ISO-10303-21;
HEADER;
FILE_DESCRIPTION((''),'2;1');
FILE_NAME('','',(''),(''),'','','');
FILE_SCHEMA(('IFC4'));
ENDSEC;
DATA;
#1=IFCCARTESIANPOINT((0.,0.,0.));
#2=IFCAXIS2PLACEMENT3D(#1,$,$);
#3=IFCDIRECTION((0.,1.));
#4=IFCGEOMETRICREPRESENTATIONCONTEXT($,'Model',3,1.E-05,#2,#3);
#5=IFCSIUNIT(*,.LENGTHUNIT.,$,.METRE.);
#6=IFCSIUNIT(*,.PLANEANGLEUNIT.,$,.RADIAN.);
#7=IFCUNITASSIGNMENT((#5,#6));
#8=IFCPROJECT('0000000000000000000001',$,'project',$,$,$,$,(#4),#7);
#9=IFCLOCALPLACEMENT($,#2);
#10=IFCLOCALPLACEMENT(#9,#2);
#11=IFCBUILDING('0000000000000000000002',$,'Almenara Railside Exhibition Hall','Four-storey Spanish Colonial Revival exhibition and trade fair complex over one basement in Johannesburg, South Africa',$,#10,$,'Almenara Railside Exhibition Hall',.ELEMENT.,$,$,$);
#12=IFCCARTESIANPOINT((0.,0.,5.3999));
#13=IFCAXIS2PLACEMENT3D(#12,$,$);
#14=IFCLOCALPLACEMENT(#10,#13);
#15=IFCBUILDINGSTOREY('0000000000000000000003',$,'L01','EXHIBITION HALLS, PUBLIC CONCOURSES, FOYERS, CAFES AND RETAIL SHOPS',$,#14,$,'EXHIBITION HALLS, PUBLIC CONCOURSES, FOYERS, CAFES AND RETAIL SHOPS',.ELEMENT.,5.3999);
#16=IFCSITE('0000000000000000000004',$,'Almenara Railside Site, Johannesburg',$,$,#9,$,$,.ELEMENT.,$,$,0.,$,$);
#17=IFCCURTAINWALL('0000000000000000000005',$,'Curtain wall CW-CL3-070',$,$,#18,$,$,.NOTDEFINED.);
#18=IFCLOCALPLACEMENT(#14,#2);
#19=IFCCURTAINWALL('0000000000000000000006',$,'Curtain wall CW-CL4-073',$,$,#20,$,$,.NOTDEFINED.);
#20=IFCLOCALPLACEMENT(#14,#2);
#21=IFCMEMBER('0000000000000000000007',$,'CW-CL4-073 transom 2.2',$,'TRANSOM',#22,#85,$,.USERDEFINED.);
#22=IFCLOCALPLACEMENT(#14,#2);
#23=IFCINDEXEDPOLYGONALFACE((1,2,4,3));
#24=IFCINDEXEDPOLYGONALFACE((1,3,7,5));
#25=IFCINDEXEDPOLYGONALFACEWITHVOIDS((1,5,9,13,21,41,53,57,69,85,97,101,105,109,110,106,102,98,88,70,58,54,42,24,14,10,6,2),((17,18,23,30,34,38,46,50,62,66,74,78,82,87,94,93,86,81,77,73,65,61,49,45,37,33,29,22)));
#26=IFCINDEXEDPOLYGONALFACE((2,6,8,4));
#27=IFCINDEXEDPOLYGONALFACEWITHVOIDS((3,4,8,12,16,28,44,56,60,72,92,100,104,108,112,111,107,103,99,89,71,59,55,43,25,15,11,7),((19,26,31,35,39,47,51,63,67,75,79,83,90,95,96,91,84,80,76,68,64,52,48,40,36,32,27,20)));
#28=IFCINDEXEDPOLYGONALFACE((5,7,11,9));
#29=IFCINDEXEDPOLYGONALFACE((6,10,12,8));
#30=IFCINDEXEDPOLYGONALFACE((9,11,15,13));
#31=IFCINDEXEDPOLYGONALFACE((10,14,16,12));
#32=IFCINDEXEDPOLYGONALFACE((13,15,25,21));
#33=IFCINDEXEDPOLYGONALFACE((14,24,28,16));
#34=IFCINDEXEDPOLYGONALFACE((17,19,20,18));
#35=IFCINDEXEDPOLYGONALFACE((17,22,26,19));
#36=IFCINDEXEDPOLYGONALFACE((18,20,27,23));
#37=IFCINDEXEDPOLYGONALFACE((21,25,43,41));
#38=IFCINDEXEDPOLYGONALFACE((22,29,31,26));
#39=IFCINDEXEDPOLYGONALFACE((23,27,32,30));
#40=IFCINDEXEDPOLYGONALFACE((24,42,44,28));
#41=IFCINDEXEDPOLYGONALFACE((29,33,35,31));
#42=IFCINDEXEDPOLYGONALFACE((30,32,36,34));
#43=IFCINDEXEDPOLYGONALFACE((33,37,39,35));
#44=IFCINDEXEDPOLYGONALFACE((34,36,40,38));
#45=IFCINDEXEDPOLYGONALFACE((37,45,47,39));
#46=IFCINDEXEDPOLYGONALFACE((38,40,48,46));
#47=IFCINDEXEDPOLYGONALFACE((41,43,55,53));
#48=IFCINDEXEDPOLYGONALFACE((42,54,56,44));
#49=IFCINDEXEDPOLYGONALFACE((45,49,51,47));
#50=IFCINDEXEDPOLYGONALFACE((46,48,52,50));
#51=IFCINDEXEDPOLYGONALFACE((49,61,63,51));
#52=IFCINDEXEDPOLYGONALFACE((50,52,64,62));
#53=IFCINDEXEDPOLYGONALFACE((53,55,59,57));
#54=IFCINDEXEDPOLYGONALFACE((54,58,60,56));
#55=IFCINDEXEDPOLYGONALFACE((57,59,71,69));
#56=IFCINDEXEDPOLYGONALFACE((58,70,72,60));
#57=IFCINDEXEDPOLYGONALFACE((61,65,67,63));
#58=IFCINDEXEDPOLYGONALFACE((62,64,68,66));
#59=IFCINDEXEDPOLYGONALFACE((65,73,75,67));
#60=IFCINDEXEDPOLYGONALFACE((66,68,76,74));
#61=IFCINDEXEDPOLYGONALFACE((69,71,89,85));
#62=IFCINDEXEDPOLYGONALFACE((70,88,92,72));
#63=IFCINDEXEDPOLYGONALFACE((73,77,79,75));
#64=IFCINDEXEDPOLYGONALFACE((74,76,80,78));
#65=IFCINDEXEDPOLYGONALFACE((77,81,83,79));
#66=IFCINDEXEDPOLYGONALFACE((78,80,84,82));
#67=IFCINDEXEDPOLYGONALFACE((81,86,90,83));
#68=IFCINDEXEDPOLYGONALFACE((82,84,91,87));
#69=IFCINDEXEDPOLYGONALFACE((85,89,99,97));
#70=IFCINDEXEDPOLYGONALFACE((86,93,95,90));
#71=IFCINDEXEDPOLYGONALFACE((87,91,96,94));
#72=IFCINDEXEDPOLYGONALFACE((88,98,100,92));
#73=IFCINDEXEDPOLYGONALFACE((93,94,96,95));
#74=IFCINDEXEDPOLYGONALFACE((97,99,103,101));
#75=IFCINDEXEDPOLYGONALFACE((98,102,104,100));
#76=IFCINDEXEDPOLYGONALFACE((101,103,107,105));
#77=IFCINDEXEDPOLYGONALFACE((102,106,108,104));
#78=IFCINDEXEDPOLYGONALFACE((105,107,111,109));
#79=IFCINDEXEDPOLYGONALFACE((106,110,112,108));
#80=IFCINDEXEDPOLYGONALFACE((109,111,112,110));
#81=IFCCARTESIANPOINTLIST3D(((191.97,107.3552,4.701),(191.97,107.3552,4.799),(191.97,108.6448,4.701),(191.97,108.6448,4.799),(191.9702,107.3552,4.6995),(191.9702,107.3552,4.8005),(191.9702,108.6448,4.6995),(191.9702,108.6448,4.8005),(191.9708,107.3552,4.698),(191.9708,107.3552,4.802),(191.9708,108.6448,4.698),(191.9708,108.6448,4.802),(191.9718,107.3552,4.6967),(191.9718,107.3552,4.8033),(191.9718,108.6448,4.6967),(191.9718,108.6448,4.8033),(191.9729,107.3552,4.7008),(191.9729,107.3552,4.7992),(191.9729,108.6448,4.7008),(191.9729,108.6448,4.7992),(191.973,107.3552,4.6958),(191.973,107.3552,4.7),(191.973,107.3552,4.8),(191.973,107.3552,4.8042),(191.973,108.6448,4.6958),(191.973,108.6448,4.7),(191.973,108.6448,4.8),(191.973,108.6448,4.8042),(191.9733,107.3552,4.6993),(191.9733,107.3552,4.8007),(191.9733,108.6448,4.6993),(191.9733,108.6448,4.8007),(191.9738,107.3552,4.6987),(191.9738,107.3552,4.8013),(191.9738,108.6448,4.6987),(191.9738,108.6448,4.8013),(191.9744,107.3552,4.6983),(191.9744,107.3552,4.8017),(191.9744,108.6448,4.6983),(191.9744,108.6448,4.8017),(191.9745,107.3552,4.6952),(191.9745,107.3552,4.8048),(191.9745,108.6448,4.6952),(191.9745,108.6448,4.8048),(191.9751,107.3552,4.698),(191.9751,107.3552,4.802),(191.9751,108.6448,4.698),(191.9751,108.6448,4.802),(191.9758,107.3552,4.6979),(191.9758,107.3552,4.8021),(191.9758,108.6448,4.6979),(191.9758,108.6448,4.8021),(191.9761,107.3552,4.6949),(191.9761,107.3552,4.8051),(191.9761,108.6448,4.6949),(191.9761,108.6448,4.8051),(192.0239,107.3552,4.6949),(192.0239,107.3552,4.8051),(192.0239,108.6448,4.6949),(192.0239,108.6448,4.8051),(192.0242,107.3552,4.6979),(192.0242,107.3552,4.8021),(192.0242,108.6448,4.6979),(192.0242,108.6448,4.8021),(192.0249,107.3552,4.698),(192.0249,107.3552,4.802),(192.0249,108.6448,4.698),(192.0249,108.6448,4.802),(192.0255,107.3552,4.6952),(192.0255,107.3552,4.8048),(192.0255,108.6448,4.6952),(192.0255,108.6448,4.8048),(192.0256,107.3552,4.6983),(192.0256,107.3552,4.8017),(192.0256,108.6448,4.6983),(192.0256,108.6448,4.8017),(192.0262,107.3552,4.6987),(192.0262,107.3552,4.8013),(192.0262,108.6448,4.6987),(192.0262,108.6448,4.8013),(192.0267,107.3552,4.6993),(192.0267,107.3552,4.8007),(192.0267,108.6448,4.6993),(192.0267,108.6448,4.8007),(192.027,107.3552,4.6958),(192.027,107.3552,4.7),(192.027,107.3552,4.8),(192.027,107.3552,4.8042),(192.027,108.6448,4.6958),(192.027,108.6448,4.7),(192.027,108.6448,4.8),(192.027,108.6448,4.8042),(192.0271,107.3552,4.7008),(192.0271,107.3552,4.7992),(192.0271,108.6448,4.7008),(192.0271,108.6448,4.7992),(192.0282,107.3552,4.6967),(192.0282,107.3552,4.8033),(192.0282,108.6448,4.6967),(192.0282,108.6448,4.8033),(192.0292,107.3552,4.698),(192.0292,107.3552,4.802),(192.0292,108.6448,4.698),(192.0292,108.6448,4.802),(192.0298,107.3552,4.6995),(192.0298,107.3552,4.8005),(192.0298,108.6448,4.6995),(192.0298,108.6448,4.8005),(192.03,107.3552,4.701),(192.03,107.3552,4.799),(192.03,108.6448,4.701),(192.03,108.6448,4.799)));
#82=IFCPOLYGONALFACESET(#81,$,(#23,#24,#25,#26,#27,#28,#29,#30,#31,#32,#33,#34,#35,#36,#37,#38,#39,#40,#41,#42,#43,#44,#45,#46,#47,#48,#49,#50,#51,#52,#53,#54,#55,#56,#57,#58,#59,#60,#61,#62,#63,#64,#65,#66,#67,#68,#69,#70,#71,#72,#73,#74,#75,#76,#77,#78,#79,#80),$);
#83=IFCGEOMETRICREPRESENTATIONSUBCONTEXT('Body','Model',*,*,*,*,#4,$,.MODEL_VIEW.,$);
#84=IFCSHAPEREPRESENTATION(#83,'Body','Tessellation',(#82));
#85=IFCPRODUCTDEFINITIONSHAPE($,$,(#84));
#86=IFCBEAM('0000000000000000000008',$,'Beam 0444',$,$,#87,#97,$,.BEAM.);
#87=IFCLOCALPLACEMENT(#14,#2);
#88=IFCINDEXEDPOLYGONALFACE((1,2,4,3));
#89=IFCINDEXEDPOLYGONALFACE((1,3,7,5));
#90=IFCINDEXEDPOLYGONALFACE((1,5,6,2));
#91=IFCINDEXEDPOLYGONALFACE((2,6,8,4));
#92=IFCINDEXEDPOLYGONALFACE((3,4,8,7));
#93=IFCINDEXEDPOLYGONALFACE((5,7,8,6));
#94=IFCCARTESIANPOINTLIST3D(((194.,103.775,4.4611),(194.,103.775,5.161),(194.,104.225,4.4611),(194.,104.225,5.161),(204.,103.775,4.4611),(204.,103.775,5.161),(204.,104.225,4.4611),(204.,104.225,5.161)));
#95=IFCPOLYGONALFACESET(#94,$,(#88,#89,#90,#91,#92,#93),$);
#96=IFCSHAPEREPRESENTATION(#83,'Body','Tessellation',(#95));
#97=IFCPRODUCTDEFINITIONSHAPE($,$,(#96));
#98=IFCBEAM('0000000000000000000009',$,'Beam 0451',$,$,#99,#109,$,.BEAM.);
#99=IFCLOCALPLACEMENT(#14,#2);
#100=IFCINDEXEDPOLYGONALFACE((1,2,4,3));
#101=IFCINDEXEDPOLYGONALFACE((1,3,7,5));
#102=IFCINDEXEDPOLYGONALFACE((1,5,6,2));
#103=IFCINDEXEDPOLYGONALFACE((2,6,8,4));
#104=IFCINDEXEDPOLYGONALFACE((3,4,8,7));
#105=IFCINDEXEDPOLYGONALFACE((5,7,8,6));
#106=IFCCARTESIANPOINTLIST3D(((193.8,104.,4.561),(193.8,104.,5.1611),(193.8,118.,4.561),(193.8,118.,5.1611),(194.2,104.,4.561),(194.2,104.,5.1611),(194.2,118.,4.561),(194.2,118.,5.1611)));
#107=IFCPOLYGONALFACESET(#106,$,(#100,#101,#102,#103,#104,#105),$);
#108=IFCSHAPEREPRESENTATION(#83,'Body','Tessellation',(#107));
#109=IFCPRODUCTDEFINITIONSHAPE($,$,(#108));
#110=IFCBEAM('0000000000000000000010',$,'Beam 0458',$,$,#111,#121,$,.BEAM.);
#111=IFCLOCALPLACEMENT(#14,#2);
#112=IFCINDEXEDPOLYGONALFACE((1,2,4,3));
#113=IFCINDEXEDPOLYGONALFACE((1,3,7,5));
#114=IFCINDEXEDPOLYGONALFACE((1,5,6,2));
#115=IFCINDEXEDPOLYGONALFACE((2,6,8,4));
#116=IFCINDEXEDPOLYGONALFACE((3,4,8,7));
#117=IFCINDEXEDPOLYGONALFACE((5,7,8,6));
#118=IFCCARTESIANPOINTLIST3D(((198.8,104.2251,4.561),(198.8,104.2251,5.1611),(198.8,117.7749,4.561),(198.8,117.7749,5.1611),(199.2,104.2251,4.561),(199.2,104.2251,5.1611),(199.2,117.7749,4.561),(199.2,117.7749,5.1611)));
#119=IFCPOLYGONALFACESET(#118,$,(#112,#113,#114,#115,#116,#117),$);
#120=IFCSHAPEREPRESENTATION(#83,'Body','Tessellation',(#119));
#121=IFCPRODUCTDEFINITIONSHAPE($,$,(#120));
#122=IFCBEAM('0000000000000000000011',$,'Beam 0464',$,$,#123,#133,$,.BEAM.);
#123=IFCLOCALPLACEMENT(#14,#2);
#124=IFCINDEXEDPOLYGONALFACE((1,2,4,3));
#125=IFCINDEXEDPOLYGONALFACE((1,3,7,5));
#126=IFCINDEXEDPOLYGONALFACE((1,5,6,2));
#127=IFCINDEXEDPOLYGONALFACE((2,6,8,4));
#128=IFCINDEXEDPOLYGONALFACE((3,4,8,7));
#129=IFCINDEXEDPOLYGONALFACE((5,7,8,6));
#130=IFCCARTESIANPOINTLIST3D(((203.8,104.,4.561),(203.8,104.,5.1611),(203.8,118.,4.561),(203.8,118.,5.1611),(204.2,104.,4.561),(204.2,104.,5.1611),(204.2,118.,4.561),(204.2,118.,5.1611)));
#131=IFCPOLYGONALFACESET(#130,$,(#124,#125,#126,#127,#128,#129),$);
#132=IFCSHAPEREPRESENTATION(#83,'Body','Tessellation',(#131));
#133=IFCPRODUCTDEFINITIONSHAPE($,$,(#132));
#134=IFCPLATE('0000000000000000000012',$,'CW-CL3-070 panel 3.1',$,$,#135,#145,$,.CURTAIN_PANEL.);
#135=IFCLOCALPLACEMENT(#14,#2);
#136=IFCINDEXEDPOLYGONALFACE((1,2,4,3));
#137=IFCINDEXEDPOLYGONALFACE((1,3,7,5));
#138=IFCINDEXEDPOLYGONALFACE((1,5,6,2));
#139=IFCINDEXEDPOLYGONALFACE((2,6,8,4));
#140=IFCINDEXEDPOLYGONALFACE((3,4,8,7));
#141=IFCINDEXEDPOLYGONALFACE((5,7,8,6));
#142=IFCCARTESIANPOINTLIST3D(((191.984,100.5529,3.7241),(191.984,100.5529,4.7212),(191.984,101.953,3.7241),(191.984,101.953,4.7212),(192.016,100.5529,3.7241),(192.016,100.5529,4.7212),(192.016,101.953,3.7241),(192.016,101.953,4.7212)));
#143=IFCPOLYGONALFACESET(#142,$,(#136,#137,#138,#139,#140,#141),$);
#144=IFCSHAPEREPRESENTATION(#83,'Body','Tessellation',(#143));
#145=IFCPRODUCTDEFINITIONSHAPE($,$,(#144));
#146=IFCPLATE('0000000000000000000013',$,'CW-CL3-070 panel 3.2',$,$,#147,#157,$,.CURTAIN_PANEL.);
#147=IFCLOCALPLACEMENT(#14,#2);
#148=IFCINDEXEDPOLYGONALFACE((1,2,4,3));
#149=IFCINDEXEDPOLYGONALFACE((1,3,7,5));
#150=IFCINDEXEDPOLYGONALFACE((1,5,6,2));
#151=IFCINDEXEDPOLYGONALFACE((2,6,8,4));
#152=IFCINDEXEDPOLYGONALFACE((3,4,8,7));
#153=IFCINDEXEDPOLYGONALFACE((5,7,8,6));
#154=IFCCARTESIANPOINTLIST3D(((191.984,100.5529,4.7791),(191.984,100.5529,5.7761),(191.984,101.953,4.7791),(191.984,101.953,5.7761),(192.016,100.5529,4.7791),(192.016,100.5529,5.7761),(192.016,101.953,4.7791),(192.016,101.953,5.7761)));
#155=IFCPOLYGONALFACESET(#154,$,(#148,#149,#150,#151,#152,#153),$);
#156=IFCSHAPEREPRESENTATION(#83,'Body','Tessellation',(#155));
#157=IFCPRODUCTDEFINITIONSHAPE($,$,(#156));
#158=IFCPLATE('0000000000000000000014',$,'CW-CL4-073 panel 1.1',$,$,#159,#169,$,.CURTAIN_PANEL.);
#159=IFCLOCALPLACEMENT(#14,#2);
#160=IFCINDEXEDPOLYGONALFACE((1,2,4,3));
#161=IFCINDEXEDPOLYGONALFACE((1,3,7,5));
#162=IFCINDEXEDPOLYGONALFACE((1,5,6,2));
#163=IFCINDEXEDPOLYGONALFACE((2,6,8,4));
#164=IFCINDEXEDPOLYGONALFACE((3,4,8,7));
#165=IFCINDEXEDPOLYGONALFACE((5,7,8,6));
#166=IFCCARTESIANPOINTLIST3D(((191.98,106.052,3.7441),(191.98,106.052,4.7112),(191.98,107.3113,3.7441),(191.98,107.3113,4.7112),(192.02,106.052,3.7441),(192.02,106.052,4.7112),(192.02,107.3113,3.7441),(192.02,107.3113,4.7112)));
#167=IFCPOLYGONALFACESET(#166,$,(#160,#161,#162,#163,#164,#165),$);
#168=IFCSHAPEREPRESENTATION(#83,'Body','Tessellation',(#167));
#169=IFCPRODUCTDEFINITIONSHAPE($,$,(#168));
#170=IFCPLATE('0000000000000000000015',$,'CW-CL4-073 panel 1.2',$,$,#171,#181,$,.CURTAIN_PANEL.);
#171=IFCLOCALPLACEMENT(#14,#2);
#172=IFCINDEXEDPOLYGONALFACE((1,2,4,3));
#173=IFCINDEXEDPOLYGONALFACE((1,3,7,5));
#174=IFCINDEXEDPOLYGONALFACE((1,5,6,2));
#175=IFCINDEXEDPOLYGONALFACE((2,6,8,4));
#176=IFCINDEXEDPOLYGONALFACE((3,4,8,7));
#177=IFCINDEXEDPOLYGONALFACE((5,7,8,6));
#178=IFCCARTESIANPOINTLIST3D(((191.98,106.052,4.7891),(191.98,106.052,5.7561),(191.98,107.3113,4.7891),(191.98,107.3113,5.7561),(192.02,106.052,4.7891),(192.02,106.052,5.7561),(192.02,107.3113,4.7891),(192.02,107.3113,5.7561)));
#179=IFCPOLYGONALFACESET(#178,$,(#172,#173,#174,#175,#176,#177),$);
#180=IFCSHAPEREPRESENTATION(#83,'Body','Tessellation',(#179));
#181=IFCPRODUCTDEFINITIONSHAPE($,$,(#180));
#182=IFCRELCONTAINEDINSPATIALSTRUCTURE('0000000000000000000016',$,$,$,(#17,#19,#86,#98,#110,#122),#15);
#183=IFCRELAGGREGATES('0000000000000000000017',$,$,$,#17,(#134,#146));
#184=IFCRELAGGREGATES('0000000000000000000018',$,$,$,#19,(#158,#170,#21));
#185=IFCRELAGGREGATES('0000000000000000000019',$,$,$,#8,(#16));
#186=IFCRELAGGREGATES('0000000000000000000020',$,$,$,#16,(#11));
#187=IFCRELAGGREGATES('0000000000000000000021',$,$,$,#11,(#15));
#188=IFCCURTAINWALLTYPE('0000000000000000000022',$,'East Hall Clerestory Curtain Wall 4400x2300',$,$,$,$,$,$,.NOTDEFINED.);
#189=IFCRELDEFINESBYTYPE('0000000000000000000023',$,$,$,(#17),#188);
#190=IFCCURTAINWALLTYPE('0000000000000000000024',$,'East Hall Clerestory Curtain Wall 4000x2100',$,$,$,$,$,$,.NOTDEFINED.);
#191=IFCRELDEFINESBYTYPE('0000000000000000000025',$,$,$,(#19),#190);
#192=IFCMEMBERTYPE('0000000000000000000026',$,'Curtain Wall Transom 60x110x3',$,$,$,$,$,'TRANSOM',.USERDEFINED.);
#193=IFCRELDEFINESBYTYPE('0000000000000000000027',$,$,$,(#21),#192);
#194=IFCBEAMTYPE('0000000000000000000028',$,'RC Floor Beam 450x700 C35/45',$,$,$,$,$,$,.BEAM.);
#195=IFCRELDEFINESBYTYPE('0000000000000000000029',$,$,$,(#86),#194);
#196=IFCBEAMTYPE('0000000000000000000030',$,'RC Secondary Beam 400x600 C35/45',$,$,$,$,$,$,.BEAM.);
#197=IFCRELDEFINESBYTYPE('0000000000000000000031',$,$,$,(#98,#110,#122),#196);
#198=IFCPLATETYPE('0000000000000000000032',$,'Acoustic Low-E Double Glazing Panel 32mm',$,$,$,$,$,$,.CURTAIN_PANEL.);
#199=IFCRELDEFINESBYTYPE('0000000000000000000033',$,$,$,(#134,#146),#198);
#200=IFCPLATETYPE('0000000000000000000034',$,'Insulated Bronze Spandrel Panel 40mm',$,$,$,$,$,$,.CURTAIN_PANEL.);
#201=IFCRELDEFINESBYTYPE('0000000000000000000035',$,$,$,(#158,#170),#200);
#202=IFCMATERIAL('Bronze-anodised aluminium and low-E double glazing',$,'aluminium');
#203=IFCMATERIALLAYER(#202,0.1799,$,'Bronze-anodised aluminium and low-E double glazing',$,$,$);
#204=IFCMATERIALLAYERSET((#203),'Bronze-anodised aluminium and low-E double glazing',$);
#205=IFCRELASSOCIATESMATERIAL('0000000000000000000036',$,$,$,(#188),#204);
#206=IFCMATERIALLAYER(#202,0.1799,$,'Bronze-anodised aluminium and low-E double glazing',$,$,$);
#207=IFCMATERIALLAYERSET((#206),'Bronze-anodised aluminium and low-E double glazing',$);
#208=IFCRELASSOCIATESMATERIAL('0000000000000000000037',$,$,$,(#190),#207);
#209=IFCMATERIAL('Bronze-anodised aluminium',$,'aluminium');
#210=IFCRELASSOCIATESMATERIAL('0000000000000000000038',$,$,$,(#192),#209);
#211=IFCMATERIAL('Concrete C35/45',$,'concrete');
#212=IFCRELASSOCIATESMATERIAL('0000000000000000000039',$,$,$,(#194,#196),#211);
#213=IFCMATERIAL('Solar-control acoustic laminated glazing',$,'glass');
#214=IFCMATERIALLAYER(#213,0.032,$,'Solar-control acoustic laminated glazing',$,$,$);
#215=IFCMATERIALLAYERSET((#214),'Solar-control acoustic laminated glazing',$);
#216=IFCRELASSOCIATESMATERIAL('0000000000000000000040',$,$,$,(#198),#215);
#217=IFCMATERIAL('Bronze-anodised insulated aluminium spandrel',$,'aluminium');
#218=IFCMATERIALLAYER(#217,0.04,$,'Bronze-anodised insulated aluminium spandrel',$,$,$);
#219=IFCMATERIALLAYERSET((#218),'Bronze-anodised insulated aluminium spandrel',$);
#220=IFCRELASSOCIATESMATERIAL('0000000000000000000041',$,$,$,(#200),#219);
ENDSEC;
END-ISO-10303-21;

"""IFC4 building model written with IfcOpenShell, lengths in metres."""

from ifc_helpers import new_model, si_unit, direction, frame, origin, origin_2d, place, context, subcontext, project, spatial, rectangle, hollow_rectangle, extrude, material, layer, layer_set, material_profile, profile_set, type_object, element, aggregate, save


model = new_model("IFC4")

# Units and contexts
model_context = context("Model", 3, precision=1e-05, world=origin(), true_north=direction((0.0, 1.0)))
body_context = subcontext(model_context, "Body", "Model", "MODEL_VIEW")
ifc_project = project(units=[si_unit("LENGTHUNIT", "METRE"), si_unit("PLANEANGLEUNIT", "RADIAN")], contexts=[model_context])

# Site, building, storey
site_placement = place(None, origin())
site = spatial("IfcSite", under=ifc_project, at=site_placement, Name="Almenara Railside Site, Johannesburg", CompositionType="ELEMENT", RefElevation=0.0)
building_placement = place(site_placement, origin())
building = spatial("IfcBuilding", under=site, at=building_placement, Name="Almenara Railside Exhibition Hall", Description="Four-storey Spanish Colonial Revival exhibition and trade fair complex over one basement in Johannesburg, South Africa", LongName="Almenara Railside Exhibition Hall", CompositionType="ELEMENT")
storey_placement = place(building_placement, frame((0.0, 0.0, 5.3999)))
storey = spatial("IfcBuildingStorey", under=building, at=storey_placement, Name="L01", Description="EXHIBITION HALLS, PUBLIC CONCOURSES, FOYERS, CAFES AND RETAIL SHOPS", LongName="EXHIBITION HALLS, PUBLIC CONCOURSES, FOYERS, CAFES AND RETAIL SHOPS", CompositionType="ELEMENT", Elevation=5.3999)

# Shared definitions
ifc_material_1 = material(Name="Concrete C35/45", Category="concrete")

# Curtain wall
ifc_material_2 = material(Name="Bronze-anodised aluminium and low-E double glazing", Category="aluminium")
ifc_layer_1 = layer(ifc_material_2, 0.1799, Name="Bronze-anodised aluminium and low-E double glazing")
ifc_layer_set_1 = layer_set([ifc_layer_1], Name="Bronze-anodised aluminium and low-E double glazing")
curtain_wall_type_1 = type_object("IfcCurtainWallType", Name="East Hall Clerestory Curtain Wall 4400x2300", PredefinedType="NOTDEFINED", material=ifc_layer_set_1)
curtain_wall_1_placement = place(storey_placement, origin())
curtain_wall_1 = element("IfcCurtainWall", 1, at=curtain_wall_1_placement, inside=storey, type_object=curtain_wall_type_1, Name="Curtain wall CW-CL3-070", PredefinedType="NOTDEFINED")
ifc_material_3 = material(Name="Bronze-anodised aluminium", Category="aluminium")

# Curtain wall
ifc_layer_2 = layer(ifc_material_2, 0.1799, Name="Bronze-anodised aluminium and low-E double glazing")
ifc_layer_set_2 = layer_set([ifc_layer_2], Name="Bronze-anodised aluminium and low-E double glazing")
curtain_wall_type_2 = type_object("IfcCurtainWallType", Name="East Hall Clerestory Curtain Wall 4000x2100", PredefinedType="NOTDEFINED", material=ifc_layer_set_2)
curtain_wall_2_placement = place(storey_placement, origin())
curtain_wall_2 = element("IfcCurtainWall", 2, at=curtain_wall_2_placement, inside=storey, type_object=curtain_wall_type_2, Name="Curtain wall CW-CL4-073", PredefinedType="NOTDEFINED")

# Member
ifc_material_profile_1 = material_profile(ifc_material_3, hollow_rectangle(XDim=0.0601, YDim=0.1101, WallThickness=0.0029, InnerFilletRadius=0.0029, OuterFilletRadius=0.0061, at=origin_2d()), Name="ALU-TRN 60x110x3")
ifc_profile_set_1 = profile_set([ifc_material_profile_1], Name="Bronze-anodised aluminium")
member_type_1 = type_object("IfcMemberType", Name="Curtain Wall Transom 60x110x3", ElementType="TRANSOM", PredefinedType="USERDEFINED", material=ifc_profile_set_1)
member_1_placement = place(storey_placement, frame((192.0, 107.3552, 4.75), z_axis=(0.0, 1.0, 0.0), x_axis=(-1.0, 0.0, 0.0)))
member_1 = element("IfcMember", 3, at=member_1_placement, type_object=member_type_1, Name="CW-CL4-073 transom 2.2", ObjectType="TRANSOM", PredefinedType="USERDEFINED", context=body_context, shape_type="SweptSolid", body=[
    extrude(hollow_rectangle(XDim=0.0601, YDim=0.1101, WallThickness=0.0029, InnerFilletRadius=0.0029, OuterFilletRadius=0.0061, at=origin_2d()), origin(), (0.0, 0.0, 1.0), 1.2896),
])

# Beams
ifc_material_profile_2 = material_profile(ifc_material_1, rectangle(XDim=0.45, YDim=0.7, at=origin_2d()), Name="RC 450x700")
ifc_profile_set_2 = profile_set([ifc_material_profile_2], Name="Concrete C35/45")
beam_type_1 = type_object("IfcBeamType", Name="RC Floor Beam 450x700 C35/45", PredefinedType="BEAM", material=ifc_profile_set_2)
beam_1_placement = place(storey_placement, frame((194.0, 104.0, 4.811), z_axis=(1.0, 0.0, 0.0), x_axis=(0.0, 1.0, 0.0)))
element("IfcBeam", 4, at=beam_1_placement, inside=storey, type_object=beam_type_1, Name="Beam 0444", PredefinedType="BEAM", context=body_context, shape_type="SweptSolid", body=[
    extrude(rectangle(XDim=0.45, YDim=0.7, at=origin_2d()), origin(), (0.0, 0.0, 1.0), 10.0),
])
ifc_material_profile_3 = material_profile(ifc_material_1, rectangle(XDim=0.3999, YDim=0.6001, at=origin_2d()), Name="RC 400x600")
ifc_profile_set_3 = profile_set([ifc_material_profile_3], Name="Concrete C35/45")
beam_type_2 = type_object("IfcBeamType", Name="RC Secondary Beam 400x600 C35/45", PredefinedType="BEAM", material=ifc_profile_set_3)
beam_2_placement = place(storey_placement, frame((194.0, 104.0, 4.8611), z_axis=(0.0, 1.0, 0.0), x_axis=(-1.0, 0.0, 0.0)))
element("IfcBeam", 5, at=beam_2_placement, inside=storey, type_object=beam_type_2, Name="Beam 0451", PredefinedType="BEAM", context=body_context, shape_type="SweptSolid", body=[
    extrude(rectangle(XDim=0.3999, YDim=0.6001, at=origin_2d()), origin(), (0.0, 0.0, 1.0), 14.0),
])
beam_3_placement = place(storey_placement, frame((199.0, 104.2251, 4.8611), z_axis=(0.0, 1.0, 0.0), x_axis=(-1.0, 0.0, 0.0)))
element("IfcBeam", 6, at=beam_3_placement, inside=storey, type_object=beam_type_2, Name="Beam 0458", PredefinedType="BEAM", context=body_context, shape_type="SweptSolid", body=[
    extrude(rectangle(XDim=0.3999, YDim=0.6001, at=origin_2d()), origin(), (0.0, 0.0, 1.0), 13.5498),
])
beam_4_placement = place(storey_placement, frame((204.0, 104.0, 4.8611), z_axis=(0.0, 1.0, 0.0), x_axis=(-1.0, 0.0, 0.0)))
element("IfcBeam", 7, at=beam_4_placement, inside=storey, type_object=beam_type_2, Name="Beam 0464", PredefinedType="BEAM", context=body_context, shape_type="SweptSolid", body=[
    extrude(rectangle(XDim=0.3999, YDim=0.6001, at=origin_2d()), origin(), (0.0, 0.0, 1.0), 14.0),
])

# Plates
ifc_material_4 = material(Name="Solar-control acoustic laminated glazing", Category="glass")
ifc_layer_3 = layer(ifc_material_4, 0.032, Name="Solar-control acoustic laminated glazing")
ifc_layer_set_3 = layer_set([ifc_layer_3], Name="Solar-control acoustic laminated glazing")
plate_type_1 = type_object("IfcPlateType", Name="Acoustic Low-E Double Glazing Panel 32mm", PredefinedType="CURTAIN_PANEL", material=ifc_layer_set_3)
plate_1_placement = place(storey_placement, frame((192.0, 101.2529, 3.7241), z_axis=(0.0, 0.0, 1.0), x_axis=(0.0, 1.0, 0.0)))
plate_1 = element("IfcPlate", 8, at=plate_1_placement, type_object=plate_type_1, Name="CW-CL3-070 panel 3.1", PredefinedType="CURTAIN_PANEL", context=body_context, shape_type="SweptSolid", body=[
    extrude(rectangle(XDim=1.4001, YDim=0.032, at=origin_2d()), origin(), (0.0, 0.0, 1.0), 0.9971),
])
plate_2_placement = place(storey_placement, frame((192.0, 101.2529, 4.7791), z_axis=(0.0, 0.0, 1.0), x_axis=(0.0, 1.0, 0.0)))
plate_2 = element("IfcPlate", 9, at=plate_2_placement, type_object=plate_type_1, Name="CW-CL3-070 panel 3.2", PredefinedType="CURTAIN_PANEL", context=body_context, shape_type="SweptSolid", body=[
    extrude(rectangle(XDim=1.4001, YDim=0.032, at=origin_2d()), origin(), (0.0, 0.0, 1.0), 0.9971),
])
aggregate(curtain_wall_1, [plate_1, plate_2])
ifc_material_5 = material(Name="Bronze-anodised insulated aluminium spandrel", Category="aluminium")
ifc_layer_4 = layer(ifc_material_5, 0.04, Name="Bronze-anodised insulated aluminium spandrel")
ifc_layer_set_4 = layer_set([ifc_layer_4], Name="Bronze-anodised insulated aluminium spandrel")
plate_type_2 = type_object("IfcPlateType", Name="Insulated Bronze Spandrel Panel 40mm", PredefinedType="CURTAIN_PANEL", material=ifc_layer_set_4)
plate_3_placement = place(storey_placement, frame((192.0, 106.6816, 3.7441), z_axis=(0.0, 0.0, 1.0), x_axis=(0.0, 1.0, 0.0)))
plate_3 = element("IfcPlate", 10, at=plate_3_placement, type_object=plate_type_2, Name="CW-CL4-073 panel 1.1", PredefinedType="CURTAIN_PANEL", context=body_context, shape_type="SweptSolid", body=[
    extrude(rectangle(XDim=1.2593, YDim=0.04, at=origin_2d()), origin(), (0.0, 0.0, 1.0), 0.967),
])
plate_4_placement = place(storey_placement, frame((192.0, 106.6816, 4.7891), z_axis=(0.0, 0.0, 1.0), x_axis=(0.0, 1.0, 0.0)))
plate_4 = element("IfcPlate", 11, at=plate_4_placement, type_object=plate_type_2, Name="CW-CL4-073 panel 1.2", PredefinedType="CURTAIN_PANEL", context=body_context, shape_type="SweptSolid", body=[
    extrude(rectangle(XDim=1.2593, YDim=0.04, at=origin_2d()), origin(), (0.0, 0.0, 1.0), 0.967),
])
aggregate(curtain_wall_2, [plate_3, plate_4, member_1])

save(model, "model.ifc")
